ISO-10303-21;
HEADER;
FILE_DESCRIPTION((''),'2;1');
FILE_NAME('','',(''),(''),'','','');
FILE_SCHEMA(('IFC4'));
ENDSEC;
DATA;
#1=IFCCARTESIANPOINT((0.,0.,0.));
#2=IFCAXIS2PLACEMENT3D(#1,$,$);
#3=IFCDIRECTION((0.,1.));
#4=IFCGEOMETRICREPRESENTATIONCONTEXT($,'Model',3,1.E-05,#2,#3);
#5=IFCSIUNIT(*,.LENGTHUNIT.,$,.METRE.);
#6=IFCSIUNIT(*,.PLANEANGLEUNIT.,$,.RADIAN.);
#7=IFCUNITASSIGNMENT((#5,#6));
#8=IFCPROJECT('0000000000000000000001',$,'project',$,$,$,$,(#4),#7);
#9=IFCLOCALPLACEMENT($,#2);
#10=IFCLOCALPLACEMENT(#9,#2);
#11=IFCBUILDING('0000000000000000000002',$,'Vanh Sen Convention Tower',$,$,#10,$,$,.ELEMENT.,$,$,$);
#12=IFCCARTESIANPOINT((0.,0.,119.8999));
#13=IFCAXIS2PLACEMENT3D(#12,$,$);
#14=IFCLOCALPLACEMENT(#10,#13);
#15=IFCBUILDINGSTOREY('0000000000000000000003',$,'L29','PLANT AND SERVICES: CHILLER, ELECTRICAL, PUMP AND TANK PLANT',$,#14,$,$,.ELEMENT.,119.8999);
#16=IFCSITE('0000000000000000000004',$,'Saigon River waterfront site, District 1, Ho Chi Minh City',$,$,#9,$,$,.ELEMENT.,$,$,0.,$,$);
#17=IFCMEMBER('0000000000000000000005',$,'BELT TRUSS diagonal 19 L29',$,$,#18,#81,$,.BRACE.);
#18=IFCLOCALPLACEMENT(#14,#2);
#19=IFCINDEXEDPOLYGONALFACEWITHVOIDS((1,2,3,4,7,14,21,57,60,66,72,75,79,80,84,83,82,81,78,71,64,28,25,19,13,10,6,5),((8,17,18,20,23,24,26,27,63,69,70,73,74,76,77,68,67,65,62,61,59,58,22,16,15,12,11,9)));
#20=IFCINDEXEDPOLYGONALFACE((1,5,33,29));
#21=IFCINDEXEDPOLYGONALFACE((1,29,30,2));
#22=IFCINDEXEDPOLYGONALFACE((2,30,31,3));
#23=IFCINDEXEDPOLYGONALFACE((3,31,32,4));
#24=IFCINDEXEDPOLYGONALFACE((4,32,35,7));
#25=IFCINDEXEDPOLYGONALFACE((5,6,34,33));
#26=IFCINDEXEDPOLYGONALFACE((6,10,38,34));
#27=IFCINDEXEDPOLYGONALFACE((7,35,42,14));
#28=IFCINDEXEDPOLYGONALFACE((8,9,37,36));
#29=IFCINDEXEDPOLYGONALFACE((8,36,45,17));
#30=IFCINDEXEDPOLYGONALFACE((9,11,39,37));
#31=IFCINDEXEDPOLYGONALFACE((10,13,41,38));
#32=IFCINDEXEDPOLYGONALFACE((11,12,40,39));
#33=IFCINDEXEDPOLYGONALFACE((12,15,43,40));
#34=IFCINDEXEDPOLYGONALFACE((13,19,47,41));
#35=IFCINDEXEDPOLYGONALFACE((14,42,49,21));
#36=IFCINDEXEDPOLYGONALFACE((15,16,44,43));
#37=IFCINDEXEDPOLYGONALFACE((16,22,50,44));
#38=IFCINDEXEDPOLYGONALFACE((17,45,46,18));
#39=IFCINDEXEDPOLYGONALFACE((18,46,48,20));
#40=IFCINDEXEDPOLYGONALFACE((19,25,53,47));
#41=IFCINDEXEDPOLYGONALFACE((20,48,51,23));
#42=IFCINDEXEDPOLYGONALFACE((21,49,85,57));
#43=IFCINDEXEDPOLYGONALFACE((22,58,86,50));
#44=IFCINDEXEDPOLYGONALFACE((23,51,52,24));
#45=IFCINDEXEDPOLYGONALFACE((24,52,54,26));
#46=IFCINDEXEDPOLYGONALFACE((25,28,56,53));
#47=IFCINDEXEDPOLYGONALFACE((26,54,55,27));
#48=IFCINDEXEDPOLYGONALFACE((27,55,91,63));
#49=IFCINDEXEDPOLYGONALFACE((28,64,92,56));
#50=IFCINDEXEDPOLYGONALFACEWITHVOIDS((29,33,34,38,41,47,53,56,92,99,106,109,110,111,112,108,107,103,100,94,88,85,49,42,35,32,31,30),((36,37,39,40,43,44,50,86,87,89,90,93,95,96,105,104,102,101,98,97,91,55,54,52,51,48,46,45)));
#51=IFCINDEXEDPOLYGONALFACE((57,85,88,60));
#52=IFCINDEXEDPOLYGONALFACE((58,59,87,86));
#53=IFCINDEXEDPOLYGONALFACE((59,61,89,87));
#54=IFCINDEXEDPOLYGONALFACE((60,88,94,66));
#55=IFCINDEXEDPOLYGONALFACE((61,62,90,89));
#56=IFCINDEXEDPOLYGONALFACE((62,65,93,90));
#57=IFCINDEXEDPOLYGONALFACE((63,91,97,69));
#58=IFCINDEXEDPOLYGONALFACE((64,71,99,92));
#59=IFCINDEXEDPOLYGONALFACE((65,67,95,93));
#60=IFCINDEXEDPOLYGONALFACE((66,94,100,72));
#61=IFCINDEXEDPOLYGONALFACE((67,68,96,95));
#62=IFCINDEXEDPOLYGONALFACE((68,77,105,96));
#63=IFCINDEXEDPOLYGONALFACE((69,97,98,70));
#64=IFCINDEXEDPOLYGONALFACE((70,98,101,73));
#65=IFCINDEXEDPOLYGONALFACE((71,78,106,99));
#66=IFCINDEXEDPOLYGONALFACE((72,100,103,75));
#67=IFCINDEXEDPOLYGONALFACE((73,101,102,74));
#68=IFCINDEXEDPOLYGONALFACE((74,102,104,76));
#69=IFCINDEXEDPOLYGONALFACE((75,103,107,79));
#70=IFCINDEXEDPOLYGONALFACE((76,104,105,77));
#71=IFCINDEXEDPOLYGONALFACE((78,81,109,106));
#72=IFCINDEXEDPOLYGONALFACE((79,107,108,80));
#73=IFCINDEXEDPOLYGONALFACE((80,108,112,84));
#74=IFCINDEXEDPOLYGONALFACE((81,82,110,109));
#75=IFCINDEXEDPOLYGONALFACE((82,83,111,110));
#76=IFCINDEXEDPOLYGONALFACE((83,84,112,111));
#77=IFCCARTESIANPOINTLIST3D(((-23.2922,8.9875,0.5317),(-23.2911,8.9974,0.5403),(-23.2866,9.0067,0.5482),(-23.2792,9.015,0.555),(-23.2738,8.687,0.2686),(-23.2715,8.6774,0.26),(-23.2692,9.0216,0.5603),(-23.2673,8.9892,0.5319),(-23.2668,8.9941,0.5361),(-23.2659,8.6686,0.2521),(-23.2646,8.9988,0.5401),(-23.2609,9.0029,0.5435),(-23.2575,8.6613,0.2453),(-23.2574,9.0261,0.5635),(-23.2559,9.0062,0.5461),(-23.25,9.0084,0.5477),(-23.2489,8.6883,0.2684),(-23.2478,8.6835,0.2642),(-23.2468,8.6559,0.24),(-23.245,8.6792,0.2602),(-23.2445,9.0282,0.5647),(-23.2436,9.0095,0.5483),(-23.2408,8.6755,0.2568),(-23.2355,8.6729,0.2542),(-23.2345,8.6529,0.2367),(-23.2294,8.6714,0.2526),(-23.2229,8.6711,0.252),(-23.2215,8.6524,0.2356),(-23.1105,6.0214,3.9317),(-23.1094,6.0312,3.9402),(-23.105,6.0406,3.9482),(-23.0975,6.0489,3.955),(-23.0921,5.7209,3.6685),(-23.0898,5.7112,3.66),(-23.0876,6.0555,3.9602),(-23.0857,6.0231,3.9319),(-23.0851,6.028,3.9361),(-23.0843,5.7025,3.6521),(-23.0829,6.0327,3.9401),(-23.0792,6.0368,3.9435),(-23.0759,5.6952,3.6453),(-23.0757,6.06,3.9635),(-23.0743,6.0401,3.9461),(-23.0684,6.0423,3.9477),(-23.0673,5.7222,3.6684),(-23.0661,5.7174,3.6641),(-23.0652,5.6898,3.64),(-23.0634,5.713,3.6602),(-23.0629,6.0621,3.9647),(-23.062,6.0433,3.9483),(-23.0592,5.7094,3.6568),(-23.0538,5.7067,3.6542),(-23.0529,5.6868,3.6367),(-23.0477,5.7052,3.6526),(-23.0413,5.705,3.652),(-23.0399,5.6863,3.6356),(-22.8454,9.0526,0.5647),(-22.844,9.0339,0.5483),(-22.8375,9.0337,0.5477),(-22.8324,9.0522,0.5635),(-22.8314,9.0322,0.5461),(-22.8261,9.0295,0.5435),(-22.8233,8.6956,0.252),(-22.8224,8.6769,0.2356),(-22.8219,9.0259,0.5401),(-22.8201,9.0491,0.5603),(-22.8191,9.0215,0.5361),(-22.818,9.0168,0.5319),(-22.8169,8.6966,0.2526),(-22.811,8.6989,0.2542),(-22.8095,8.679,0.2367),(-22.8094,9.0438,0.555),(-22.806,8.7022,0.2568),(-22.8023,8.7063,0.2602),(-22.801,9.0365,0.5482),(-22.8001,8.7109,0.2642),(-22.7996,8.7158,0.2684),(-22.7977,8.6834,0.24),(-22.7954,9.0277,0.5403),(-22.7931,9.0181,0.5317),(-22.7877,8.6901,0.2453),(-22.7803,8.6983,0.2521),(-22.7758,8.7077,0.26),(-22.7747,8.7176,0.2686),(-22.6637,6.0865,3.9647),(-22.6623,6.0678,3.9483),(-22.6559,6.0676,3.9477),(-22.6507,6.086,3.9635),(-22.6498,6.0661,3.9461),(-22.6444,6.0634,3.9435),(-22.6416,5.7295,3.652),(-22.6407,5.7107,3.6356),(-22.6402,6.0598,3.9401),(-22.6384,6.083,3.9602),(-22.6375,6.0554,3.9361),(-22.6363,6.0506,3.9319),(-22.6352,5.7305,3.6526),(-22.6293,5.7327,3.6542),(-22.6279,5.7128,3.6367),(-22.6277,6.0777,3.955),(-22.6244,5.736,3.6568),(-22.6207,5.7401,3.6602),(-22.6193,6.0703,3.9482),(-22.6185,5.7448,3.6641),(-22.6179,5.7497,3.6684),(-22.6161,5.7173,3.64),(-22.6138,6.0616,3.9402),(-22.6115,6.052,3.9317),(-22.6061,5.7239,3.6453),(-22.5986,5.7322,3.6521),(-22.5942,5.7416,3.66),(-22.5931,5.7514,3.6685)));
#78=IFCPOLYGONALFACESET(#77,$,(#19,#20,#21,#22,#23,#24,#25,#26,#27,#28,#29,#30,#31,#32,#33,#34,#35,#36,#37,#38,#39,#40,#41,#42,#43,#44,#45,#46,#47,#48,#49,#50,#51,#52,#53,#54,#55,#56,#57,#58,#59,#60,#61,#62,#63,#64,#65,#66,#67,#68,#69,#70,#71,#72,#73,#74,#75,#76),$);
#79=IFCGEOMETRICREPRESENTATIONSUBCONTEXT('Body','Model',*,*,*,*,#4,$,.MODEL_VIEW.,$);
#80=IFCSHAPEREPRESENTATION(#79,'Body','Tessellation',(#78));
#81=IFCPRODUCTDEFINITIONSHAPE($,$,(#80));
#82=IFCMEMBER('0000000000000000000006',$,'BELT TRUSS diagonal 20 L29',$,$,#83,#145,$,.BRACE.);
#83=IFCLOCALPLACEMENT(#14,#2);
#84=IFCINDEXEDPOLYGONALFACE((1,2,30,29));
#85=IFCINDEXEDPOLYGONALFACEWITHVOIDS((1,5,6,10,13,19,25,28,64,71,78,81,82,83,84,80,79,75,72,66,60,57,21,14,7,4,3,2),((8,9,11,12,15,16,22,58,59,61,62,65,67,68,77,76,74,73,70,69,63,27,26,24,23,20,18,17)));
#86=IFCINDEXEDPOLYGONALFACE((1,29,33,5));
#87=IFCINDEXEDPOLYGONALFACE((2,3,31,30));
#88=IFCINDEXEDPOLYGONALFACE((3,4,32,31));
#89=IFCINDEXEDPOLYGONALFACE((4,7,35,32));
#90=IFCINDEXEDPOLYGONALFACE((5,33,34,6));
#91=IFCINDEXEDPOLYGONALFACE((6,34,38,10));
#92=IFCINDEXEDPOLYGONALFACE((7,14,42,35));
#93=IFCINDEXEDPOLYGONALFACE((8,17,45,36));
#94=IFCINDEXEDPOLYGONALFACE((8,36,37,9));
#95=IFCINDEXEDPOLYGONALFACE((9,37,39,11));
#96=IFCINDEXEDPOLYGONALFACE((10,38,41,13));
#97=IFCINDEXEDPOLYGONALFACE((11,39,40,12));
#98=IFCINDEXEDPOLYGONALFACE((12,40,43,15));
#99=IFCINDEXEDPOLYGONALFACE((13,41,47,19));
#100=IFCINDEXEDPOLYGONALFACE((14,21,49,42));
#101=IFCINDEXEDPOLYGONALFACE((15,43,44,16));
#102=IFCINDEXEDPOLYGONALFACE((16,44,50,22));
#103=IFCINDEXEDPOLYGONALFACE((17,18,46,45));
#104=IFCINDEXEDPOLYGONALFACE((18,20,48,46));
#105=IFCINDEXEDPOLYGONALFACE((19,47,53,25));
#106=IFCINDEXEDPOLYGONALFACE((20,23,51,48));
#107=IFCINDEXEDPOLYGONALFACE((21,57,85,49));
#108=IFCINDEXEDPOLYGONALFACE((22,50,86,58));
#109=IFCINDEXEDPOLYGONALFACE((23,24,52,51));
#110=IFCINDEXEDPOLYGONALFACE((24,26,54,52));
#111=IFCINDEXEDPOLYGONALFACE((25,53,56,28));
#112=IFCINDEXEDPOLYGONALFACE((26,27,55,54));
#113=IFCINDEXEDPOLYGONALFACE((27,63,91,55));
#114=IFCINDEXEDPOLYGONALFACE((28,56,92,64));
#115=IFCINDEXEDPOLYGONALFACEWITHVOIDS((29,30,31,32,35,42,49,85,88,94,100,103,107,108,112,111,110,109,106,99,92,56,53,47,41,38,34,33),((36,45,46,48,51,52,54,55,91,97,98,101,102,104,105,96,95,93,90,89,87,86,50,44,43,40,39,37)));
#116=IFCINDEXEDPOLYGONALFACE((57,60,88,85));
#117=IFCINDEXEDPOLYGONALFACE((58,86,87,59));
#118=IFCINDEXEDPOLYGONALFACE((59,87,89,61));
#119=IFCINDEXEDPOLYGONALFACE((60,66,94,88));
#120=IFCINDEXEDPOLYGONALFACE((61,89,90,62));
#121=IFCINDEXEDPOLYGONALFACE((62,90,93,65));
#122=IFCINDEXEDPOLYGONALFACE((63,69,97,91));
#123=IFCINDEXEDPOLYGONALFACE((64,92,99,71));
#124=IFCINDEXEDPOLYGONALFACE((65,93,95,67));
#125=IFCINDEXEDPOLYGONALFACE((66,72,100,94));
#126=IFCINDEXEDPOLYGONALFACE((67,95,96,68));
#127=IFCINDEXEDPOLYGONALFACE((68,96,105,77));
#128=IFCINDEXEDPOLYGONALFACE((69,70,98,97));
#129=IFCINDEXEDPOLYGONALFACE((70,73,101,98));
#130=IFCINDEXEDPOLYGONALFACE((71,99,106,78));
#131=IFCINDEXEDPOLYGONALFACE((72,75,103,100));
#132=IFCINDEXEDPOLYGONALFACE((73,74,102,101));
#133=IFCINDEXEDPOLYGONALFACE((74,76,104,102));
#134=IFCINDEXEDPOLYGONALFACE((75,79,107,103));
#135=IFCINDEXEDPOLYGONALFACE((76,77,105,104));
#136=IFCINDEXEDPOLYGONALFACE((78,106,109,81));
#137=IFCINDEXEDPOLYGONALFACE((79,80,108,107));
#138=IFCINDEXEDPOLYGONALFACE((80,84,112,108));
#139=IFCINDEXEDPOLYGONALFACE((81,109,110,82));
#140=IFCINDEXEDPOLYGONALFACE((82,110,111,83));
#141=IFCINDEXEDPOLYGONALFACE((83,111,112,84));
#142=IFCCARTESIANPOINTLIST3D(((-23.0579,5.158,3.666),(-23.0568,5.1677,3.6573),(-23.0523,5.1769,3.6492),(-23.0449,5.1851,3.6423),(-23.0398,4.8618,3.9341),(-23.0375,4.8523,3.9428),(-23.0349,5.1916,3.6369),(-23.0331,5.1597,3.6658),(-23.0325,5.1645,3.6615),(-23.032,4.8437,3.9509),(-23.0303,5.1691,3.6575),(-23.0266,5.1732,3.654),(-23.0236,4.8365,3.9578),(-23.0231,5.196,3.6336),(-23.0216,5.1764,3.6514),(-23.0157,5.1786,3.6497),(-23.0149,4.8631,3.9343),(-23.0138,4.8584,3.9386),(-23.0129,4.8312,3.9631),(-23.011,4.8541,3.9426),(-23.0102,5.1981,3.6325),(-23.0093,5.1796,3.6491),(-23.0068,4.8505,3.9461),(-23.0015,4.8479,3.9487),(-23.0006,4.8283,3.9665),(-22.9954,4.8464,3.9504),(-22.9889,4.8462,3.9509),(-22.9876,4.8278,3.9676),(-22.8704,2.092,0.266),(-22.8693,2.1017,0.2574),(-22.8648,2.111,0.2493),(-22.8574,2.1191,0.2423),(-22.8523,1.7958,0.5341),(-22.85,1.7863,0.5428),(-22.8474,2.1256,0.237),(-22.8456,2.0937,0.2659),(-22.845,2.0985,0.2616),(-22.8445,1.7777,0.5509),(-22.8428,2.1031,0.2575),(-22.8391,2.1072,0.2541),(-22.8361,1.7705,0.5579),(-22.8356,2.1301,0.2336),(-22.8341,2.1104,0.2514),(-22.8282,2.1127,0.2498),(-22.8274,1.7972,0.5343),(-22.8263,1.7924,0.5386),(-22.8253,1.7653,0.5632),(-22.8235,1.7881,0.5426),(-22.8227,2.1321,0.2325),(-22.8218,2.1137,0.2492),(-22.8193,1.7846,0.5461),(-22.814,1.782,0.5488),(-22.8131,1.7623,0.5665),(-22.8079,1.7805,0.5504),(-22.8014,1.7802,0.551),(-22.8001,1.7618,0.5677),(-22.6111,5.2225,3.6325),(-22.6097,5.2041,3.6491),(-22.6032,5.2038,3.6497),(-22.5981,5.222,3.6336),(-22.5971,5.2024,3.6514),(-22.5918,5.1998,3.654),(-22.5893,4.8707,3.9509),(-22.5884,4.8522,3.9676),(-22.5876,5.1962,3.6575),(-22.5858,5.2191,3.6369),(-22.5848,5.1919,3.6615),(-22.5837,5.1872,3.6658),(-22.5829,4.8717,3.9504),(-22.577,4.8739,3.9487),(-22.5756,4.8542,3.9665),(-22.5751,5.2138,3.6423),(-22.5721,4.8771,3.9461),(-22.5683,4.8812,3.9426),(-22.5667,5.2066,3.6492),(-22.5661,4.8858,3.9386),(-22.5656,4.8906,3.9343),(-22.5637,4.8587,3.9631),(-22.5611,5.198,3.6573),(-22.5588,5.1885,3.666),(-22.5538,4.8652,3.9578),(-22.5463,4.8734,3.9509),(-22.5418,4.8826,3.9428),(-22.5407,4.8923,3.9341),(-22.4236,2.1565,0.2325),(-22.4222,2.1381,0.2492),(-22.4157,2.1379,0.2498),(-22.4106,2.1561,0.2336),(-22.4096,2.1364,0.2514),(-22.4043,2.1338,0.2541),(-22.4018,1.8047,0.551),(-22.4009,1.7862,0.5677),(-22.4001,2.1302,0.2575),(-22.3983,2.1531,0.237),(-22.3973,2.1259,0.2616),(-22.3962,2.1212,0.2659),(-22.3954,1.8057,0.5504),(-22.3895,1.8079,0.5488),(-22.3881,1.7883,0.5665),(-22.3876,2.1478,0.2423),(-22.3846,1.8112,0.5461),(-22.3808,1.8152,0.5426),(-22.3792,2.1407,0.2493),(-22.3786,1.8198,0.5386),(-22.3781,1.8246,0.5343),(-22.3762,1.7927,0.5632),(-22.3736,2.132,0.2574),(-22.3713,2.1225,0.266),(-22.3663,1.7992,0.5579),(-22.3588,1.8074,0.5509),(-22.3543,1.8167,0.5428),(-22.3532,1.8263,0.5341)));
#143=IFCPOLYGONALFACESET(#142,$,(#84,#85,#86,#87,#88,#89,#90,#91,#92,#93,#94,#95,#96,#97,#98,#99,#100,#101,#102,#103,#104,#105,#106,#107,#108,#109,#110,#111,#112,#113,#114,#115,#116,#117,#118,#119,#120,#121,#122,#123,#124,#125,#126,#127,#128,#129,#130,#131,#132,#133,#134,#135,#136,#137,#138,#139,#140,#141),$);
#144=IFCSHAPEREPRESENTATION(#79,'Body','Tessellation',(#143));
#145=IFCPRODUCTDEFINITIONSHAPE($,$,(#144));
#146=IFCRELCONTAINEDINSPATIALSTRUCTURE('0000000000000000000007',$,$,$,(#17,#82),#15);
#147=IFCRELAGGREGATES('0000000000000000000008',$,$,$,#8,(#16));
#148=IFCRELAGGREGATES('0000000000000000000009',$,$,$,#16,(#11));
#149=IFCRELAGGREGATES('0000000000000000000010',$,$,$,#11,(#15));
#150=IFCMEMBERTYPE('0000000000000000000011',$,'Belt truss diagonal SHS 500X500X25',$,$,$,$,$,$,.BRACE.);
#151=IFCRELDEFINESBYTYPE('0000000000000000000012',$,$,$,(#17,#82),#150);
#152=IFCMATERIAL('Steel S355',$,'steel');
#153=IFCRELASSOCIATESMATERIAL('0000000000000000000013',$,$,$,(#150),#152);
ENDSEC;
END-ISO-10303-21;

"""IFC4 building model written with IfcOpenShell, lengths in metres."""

from ifc_helpers import new_model, si_unit, direction, frame, origin, origin_2d, place, context, subcontext, project, spatial, hollow_rectangle, extrude, material, material_profile, profile_set, type_object, element, save


model = new_model("IFC4")

# Units and contexts
model_context = context("Model", 3, precision=1e-05, world=origin(), true_north=direction((0.0, 1.0)))
body_context = subcontext(model_context, "Body", "Model", "MODEL_VIEW")
ifc_project = project(units=[si_unit("LENGTHUNIT", "METRE"), si_unit("PLANEANGLEUNIT", "RADIAN")], contexts=[model_context])

# Site, building, storey
site_placement = place(None, origin())
site = spatial("IfcSite", under=ifc_project, at=site_placement, Name="Saigon River waterfront site, District 1, Ho Chi Minh City", CompositionType="ELEMENT", RefElevation=0.0)
building_placement = place(site_placement, origin())
building = spatial("IfcBuilding", under=site, at=building_placement, Name="Vanh Sen Convention Tower", CompositionType="ELEMENT")
storey_placement = place(building_placement, frame((0.0, 0.0, 119.8999)))
storey = spatial("IfcBuildingStorey", under=building, at=storey_placement, Name="L29", Description="PLANT AND SERVICES: CHILLER, ELECTRICAL, PUMP AND TANK PLANT", CompositionType="ELEMENT", Elevation=119.8999)

# Members
ifc_material_1 = material(Name="Steel S355", Category="steel")
ifc_material_profile_1 = material_profile(ifc_material_1, hollow_rectangle(XDim=0.5, YDim=0.5, WallThickness=0.0249, InnerFilletRadius=0.0249, OuterFilletRadius=0.05, at=origin_2d()), Name="SHS 500X500X25")
ifc_profile_set_1 = profile_set([ifc_material_profile_1], Name="Steel S355")
member_type_1 = type_object("IfcMemberType", Name="Belt truss diagonal SHS 500X500X25", PredefinedType="BRACE", material=ifc_profile_set_1)
member_1_placement = place(storey_placement, frame((-23.0334, 8.8525, 0.4001), z_axis=(0.040226, -0.656861, 0.752938), x_axis=(0.99813, 0.061125, 0.0)))
element("IfcMember", 1, at=member_1_placement, inside=storey, type_object=member_type_1, Name="BELT TRUSS diagonal 19 L29", PredefinedType="BRACE", context=body_context, shape_type="SweptSolid", body=[
    extrude(hollow_rectangle(XDim=0.5, YDim=0.5, WallThickness=0.0249, InnerFilletRadius=0.0249, OuterFilletRadius=0.05, at=origin_2d()), origin(), (0.0, 0.0, 1.0), 4.5156),
])
for number, where, z_axis, x_axis, name in (
    (2, (-22.7993, 5.0251, 3.8), (0.040921, -0.669128, -0.742019), (0.998135, 0.061042, 0.0), "BELT TRUSS diagonal 20 L29"),
):
    element("IfcMember", number, at=place(storey_placement, frame(where, z_axis=z_axis, x_axis=x_axis)), inside=storey, type_object=member_type_1, Name=name, PredefinedType="BRACE", context=body_context, shape_type="SweptSolid", body=[
        extrude(hollow_rectangle(XDim=0.5, YDim=0.5, WallThickness=0.0249, InnerFilletRadius=0.0249, OuterFilletRadius=0.05, at=origin_2d()), origin(), (0.0, 0.0, 1.0), 4.582),
    ])

save(model, "model.ifc")
